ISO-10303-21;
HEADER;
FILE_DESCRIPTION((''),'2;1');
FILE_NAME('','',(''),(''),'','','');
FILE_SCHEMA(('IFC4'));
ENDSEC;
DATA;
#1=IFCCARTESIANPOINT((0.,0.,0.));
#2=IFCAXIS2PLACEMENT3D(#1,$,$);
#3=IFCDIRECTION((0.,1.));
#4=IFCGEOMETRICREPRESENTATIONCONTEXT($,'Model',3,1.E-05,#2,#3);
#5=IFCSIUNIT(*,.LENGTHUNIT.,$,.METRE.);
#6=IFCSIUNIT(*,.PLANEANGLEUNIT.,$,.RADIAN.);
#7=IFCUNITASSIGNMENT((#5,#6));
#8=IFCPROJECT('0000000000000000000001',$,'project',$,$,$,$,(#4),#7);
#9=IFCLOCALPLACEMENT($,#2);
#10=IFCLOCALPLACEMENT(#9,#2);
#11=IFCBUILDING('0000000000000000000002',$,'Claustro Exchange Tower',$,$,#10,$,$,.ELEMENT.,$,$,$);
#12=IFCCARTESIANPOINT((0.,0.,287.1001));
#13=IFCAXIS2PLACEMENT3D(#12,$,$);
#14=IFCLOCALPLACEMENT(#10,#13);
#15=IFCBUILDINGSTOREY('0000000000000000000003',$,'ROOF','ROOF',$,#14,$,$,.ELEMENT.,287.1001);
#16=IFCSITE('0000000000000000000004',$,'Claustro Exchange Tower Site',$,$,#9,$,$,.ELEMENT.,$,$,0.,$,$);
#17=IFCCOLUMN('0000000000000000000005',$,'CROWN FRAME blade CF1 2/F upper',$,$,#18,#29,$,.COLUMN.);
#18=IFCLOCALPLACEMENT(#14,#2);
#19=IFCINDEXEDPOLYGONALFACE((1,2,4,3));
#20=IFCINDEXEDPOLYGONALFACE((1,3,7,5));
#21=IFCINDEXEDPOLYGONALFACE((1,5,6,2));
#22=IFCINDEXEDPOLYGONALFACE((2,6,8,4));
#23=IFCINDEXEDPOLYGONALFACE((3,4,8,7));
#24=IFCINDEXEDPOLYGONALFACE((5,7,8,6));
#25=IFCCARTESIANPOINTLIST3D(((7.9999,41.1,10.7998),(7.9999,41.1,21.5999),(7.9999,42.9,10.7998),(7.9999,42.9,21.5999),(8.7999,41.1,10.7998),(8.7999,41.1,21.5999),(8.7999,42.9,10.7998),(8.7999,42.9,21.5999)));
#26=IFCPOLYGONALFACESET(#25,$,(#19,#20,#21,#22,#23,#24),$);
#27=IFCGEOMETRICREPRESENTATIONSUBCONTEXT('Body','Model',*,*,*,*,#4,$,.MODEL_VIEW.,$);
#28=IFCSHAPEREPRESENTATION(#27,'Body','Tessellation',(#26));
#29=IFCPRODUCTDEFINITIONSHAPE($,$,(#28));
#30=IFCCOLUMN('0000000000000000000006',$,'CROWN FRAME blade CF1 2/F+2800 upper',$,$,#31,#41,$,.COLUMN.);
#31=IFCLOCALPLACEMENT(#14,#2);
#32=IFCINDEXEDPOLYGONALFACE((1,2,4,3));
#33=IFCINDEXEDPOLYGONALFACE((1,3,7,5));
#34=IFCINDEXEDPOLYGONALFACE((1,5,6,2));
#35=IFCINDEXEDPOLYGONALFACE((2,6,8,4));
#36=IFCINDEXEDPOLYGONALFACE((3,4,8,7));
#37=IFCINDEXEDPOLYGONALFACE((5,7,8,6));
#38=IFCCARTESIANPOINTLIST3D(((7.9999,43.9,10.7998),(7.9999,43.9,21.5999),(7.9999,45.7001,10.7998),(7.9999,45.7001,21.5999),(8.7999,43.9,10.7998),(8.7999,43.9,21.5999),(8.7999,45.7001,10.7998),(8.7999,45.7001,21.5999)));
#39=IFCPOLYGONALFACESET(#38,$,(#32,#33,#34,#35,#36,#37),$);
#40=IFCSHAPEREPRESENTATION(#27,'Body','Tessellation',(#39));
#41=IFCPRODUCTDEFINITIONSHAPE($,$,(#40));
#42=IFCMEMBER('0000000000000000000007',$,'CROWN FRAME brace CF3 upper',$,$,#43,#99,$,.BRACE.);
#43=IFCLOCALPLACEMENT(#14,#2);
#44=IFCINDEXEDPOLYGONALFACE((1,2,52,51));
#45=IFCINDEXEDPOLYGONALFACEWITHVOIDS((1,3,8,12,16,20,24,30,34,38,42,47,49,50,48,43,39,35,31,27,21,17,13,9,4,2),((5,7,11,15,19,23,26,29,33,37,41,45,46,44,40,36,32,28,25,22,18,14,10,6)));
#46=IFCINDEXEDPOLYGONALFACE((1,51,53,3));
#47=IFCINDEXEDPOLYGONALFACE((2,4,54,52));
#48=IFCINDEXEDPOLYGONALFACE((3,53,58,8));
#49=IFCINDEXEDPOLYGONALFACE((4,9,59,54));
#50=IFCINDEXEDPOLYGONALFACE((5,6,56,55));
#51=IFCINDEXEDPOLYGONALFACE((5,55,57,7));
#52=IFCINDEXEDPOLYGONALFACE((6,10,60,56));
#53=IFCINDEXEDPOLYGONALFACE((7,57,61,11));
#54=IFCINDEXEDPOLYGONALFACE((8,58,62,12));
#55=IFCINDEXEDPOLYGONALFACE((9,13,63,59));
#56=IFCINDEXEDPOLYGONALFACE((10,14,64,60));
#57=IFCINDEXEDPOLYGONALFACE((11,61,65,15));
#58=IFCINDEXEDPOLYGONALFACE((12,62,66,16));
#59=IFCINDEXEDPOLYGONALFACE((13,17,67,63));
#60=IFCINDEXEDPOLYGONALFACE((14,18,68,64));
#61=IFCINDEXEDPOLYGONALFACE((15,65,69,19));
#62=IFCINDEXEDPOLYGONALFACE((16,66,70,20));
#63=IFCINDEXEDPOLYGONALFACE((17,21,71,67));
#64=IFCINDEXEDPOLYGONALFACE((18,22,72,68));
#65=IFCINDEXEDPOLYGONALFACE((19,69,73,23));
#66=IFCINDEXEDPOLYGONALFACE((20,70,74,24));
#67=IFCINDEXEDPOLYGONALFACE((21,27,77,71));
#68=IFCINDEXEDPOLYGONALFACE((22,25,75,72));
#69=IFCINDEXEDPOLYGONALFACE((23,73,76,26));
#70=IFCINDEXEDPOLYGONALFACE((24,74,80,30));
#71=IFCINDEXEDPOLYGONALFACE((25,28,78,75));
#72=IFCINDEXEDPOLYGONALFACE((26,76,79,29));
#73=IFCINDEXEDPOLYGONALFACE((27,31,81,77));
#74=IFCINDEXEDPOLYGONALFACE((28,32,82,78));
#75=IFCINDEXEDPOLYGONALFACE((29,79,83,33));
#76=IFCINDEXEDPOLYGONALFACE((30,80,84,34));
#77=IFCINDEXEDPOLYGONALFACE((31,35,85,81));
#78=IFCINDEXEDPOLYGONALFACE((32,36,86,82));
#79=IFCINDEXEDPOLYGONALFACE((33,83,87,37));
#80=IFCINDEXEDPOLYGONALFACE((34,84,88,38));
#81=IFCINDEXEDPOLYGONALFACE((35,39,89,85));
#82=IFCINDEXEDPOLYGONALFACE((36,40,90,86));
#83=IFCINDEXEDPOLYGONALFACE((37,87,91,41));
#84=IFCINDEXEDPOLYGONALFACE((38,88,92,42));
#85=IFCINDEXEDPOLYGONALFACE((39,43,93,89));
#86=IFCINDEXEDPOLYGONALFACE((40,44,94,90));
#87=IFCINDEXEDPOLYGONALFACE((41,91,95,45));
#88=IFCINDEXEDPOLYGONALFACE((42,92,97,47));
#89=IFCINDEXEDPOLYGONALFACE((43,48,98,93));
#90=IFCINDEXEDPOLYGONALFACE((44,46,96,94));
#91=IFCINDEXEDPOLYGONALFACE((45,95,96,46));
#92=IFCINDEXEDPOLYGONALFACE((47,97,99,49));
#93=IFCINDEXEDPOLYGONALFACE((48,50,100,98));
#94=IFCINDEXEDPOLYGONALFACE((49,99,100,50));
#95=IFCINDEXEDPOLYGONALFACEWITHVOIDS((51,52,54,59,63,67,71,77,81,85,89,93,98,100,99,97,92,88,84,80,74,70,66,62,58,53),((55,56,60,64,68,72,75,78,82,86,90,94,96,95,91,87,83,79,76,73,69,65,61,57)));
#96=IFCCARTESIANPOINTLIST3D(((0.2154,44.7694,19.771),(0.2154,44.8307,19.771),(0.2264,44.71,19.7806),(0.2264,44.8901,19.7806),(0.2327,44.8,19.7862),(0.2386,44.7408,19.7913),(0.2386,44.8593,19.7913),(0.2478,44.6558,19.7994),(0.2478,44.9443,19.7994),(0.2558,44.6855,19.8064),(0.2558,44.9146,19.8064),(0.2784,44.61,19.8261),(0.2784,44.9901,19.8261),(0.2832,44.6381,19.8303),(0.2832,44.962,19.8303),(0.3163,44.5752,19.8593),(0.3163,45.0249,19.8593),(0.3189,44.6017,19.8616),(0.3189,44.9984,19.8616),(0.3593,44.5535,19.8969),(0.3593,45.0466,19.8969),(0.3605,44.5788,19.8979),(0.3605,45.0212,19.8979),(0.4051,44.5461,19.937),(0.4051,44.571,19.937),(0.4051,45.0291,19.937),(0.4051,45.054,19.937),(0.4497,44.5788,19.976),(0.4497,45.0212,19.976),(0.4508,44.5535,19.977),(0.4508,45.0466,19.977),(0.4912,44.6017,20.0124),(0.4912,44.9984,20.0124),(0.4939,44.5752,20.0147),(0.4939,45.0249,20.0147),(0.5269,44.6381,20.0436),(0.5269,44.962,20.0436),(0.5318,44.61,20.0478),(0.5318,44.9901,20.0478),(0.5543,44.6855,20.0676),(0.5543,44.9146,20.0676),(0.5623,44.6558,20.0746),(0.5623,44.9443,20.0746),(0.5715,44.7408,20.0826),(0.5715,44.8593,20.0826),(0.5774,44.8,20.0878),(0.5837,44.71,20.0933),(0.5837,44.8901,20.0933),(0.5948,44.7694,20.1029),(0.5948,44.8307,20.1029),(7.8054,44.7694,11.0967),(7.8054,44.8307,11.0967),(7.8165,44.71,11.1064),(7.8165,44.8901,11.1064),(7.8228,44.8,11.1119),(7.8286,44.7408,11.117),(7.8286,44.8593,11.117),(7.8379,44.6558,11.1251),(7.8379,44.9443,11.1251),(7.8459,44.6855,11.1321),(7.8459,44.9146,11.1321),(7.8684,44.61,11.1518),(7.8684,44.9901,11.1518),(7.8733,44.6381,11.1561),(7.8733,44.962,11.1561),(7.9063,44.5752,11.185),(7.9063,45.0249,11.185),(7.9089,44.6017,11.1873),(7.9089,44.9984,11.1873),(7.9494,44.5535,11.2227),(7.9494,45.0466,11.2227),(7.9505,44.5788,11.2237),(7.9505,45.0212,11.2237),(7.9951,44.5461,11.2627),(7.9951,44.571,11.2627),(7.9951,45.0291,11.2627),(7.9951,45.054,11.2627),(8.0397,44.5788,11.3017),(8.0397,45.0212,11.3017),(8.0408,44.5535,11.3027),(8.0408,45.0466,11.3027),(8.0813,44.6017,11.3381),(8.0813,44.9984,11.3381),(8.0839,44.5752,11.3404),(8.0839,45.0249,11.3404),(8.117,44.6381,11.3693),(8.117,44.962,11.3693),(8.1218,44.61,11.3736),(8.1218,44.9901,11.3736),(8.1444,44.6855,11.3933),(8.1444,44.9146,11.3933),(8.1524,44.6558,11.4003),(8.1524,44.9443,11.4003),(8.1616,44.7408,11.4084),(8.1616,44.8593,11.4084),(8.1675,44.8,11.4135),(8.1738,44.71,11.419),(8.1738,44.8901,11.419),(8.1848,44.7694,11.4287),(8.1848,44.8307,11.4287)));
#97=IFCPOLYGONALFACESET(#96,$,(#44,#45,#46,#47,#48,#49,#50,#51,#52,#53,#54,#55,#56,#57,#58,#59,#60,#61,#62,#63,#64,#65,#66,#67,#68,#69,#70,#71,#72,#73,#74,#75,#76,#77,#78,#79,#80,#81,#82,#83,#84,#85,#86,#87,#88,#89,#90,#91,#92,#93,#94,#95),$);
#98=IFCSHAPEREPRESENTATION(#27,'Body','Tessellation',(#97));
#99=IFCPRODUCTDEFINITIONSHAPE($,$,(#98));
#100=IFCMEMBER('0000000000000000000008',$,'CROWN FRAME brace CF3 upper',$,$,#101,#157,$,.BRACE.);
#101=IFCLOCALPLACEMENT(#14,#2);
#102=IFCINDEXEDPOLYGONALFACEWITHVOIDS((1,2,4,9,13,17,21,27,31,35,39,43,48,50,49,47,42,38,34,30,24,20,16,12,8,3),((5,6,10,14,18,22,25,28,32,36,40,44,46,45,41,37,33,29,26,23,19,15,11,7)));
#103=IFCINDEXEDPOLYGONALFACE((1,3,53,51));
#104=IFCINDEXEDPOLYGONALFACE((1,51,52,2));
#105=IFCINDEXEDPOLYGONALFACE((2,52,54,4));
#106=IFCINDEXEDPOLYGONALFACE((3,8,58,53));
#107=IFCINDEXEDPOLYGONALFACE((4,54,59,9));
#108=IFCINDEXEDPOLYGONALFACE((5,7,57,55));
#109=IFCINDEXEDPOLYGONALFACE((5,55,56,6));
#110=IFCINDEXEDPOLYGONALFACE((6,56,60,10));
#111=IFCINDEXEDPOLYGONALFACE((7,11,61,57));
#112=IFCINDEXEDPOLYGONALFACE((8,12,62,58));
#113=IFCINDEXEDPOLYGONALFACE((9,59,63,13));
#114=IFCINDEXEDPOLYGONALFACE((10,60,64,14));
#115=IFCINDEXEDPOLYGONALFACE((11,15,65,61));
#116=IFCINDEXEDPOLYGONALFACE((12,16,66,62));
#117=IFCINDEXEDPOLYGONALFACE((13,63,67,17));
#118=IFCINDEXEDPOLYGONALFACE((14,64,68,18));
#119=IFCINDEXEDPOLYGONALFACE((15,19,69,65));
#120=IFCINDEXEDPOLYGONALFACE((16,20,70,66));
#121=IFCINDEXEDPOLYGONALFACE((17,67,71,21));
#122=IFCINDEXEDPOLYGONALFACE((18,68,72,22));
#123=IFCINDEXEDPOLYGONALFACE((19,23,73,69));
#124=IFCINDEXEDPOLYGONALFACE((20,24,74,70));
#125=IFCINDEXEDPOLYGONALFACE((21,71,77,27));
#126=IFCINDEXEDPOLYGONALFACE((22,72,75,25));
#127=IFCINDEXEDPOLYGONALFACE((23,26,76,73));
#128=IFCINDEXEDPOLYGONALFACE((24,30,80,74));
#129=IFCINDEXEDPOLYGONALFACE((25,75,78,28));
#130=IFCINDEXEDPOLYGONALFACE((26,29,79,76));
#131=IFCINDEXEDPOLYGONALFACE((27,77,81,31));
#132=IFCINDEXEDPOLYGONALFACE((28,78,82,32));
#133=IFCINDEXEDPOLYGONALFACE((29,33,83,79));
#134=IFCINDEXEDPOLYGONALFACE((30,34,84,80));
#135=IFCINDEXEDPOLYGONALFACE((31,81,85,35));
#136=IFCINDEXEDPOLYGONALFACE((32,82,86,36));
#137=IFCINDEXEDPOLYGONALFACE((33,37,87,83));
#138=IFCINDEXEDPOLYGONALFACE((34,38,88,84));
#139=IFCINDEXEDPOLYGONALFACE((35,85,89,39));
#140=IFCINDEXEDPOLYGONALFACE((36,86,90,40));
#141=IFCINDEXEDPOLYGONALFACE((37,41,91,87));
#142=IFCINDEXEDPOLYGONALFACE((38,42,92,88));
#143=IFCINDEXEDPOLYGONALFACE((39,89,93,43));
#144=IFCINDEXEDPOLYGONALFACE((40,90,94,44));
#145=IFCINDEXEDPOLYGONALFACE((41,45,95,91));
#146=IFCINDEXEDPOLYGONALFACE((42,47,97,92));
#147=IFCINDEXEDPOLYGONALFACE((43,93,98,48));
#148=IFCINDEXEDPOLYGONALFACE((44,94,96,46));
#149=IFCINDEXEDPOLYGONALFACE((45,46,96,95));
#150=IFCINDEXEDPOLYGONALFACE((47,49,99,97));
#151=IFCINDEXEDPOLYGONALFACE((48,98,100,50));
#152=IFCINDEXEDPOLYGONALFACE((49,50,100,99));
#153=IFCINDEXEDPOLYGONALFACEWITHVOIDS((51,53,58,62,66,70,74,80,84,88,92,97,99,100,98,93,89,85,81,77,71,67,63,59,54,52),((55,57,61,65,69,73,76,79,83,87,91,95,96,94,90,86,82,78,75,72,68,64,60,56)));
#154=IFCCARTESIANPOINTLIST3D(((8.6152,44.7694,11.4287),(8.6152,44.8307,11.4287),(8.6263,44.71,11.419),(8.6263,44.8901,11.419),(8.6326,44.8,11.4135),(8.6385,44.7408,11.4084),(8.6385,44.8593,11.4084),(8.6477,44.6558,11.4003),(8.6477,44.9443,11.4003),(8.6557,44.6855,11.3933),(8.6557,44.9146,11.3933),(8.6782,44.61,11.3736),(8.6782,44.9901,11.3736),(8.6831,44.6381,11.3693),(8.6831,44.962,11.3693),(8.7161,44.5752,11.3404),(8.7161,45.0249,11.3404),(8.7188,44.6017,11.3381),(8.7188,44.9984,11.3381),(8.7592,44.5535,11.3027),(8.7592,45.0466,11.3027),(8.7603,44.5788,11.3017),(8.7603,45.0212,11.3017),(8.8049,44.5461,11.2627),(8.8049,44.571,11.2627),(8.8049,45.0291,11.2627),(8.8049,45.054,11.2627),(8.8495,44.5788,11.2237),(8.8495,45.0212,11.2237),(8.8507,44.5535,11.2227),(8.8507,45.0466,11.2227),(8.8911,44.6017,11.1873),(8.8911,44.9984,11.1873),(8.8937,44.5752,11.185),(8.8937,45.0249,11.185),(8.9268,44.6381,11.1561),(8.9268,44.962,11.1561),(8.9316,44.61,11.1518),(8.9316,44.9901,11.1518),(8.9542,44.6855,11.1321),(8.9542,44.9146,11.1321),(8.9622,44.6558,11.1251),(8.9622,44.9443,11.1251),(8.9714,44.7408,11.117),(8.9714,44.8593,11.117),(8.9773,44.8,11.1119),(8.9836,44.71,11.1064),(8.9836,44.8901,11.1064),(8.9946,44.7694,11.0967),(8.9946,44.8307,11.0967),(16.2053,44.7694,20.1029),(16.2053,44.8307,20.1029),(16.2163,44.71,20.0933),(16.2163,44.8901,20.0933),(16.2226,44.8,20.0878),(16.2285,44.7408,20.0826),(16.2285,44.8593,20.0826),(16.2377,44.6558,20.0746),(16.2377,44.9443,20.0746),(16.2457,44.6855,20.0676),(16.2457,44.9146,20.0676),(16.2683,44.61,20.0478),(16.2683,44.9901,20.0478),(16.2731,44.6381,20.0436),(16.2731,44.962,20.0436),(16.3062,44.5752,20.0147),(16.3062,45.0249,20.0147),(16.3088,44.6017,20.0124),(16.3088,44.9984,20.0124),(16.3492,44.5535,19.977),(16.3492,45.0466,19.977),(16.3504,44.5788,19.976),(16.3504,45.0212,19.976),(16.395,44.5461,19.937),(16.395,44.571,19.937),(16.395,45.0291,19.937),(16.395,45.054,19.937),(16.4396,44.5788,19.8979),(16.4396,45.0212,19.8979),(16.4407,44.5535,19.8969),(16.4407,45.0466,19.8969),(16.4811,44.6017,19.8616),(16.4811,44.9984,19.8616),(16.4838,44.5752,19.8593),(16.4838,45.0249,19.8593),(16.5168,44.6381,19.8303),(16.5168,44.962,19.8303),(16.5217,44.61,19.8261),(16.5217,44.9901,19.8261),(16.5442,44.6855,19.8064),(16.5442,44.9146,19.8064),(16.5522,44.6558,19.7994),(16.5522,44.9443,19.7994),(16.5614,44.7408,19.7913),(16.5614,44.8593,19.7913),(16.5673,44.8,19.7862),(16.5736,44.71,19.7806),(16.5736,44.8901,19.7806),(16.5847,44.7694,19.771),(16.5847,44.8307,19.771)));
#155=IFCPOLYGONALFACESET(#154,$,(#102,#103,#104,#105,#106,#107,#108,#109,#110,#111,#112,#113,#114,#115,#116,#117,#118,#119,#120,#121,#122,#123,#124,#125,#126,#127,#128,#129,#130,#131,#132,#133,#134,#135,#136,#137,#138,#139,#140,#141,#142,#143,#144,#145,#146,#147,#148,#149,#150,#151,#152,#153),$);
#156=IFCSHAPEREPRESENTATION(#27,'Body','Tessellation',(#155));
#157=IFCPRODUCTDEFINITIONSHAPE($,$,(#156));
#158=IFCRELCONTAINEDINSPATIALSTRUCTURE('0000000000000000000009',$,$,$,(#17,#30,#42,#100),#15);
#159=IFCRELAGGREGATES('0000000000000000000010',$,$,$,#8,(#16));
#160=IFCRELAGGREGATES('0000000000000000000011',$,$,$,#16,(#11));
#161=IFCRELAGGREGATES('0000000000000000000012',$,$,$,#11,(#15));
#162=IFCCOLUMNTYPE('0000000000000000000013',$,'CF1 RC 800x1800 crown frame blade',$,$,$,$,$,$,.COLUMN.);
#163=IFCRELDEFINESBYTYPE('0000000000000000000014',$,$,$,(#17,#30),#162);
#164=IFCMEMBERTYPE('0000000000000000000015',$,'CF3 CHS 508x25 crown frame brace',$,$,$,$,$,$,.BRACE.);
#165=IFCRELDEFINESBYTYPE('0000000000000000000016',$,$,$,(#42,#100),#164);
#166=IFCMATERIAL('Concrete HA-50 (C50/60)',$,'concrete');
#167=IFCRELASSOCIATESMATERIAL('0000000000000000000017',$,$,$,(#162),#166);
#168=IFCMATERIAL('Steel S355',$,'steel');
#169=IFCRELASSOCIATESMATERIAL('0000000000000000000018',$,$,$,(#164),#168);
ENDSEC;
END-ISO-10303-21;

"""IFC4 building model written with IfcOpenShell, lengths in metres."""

from ifc_helpers import new_model, si_unit, direction, frame, origin, origin_2d, place, context, subcontext, project, spatial, rectangle, hollow_circle, extrude, material, material_profile, profile_set, type_object, element, save


model = new_model("IFC4")

# Units and contexts
model_context = context("Model", 3, precision=1e-05, world=origin(), true_north=direction((0.0, 1.0)))
body_context = subcontext(model_context, "Body", "Model", "MODEL_VIEW")
ifc_project = project(units=[si_unit("LENGTHUNIT", "METRE"), si_unit("PLANEANGLEUNIT", "RADIAN")], contexts=[model_context])

# Site, building, storey
site_placement = place(None, origin())
site = spatial("IfcSite", under=ifc_project, at=site_placement, Name="Claustro Exchange Tower Site", CompositionType="ELEMENT", RefElevation=0.0)
building_placement = place(site_placement, origin())
building = spatial("IfcBuilding", under=site, at=building_placement, Name="Claustro Exchange Tower", CompositionType="ELEMENT")
storey_placement = place(building_placement, frame((0.0, 0.0, 287.1001)))
storey = spatial("IfcBuildingStorey", under=building, at=storey_placement, Name="ROOF", Description="ROOF", CompositionType="ELEMENT", Elevation=287.1001)

# Columns
ifc_material_1 = material(Name="Concrete HA-50 (C50/60)", Category="concrete")
ifc_material_profile_1 = material_profile(ifc_material_1, rectangle(XDim=0.8, YDim=1.8, at=origin_2d()), Name="RC 800x1800")
ifc_profile_set_1 = profile_set([ifc_material_profile_1], Name="Concrete HA-50 (C50/60)")
column_type = type_object("IfcColumnType", Name="CF1 RC 800x1800 crown frame blade", PredefinedType="COLUMN", material=ifc_profile_set_1)
for number, where, z_axis, x_axis, name in (
    (1, (8.3999, 42.0, 10.7998), (0.0, 0.0, 1.0), (1.0, 0.0, 0.0), "CROWN FRAME blade CF1 2/F upper"),
    (2, (8.3999, 44.8, 10.7998), (0.0, 0.0, 1.0), (1.0, 0.0, 0.0), "CROWN FRAME blade CF1 2/F+2800 upper"),
):
    element("IfcColumn", number, at=place(storey_placement, frame(where, z_axis=z_axis, x_axis=x_axis)), inside=storey, type_object=column_type, Name=name, PredefinedType="COLUMN", context=body_context, shape_type="SweptSolid", body=[
        extrude(rectangle(XDim=0.8, YDim=1.8, at=origin_2d()), origin(), (0.0, 0.0, 1.0), 10.8),
    ])

# Members
ifc_material_2 = material(Name="Steel S355", Category="steel")
ifc_material_profile_2 = material_profile(ifc_material_2, hollow_circle(Radius=0.2539, WallThickness=0.0249, at=origin_2d()), Name="CHS 508x25")
ifc_profile_set_2 = profile_set([ifc_material_profile_2], Name="Steel S355")
member_type = type_object("IfcMemberType", Name="CF3 CHS 508x25 crown frame brace", PredefinedType="BRACE", material=ifc_profile_set_2)
for number, where, z_axis, x_axis, name in (
    (3, (7.9951, 44.8, 11.2627), (-0.658508, 0.0, 0.752574), (0.0, -1.0, 0.0), "CROWN FRAME brace CF3 upper"),
    (4, (8.8049, 44.8, 11.2627), (0.658508, 0.0, 0.752574), (0.0, 1.0, 0.0), "CROWN FRAME brace CF3 upper"),
):
    element("IfcMember", number, at=place(storey_placement, frame(where, z_axis=z_axis, x_axis=x_axis)), inside=storey, type_object=member_type, Name=name, PredefinedType="BRACE", context=body_context, shape_type="SweptSolid", body=[
        extrude(hollow_circle(Radius=0.2539, WallThickness=0.0249, at=origin_2d()), origin(), (0.0, 0.0, 1.0), 11.5261),
    ])

save(model, "model.ifc")
